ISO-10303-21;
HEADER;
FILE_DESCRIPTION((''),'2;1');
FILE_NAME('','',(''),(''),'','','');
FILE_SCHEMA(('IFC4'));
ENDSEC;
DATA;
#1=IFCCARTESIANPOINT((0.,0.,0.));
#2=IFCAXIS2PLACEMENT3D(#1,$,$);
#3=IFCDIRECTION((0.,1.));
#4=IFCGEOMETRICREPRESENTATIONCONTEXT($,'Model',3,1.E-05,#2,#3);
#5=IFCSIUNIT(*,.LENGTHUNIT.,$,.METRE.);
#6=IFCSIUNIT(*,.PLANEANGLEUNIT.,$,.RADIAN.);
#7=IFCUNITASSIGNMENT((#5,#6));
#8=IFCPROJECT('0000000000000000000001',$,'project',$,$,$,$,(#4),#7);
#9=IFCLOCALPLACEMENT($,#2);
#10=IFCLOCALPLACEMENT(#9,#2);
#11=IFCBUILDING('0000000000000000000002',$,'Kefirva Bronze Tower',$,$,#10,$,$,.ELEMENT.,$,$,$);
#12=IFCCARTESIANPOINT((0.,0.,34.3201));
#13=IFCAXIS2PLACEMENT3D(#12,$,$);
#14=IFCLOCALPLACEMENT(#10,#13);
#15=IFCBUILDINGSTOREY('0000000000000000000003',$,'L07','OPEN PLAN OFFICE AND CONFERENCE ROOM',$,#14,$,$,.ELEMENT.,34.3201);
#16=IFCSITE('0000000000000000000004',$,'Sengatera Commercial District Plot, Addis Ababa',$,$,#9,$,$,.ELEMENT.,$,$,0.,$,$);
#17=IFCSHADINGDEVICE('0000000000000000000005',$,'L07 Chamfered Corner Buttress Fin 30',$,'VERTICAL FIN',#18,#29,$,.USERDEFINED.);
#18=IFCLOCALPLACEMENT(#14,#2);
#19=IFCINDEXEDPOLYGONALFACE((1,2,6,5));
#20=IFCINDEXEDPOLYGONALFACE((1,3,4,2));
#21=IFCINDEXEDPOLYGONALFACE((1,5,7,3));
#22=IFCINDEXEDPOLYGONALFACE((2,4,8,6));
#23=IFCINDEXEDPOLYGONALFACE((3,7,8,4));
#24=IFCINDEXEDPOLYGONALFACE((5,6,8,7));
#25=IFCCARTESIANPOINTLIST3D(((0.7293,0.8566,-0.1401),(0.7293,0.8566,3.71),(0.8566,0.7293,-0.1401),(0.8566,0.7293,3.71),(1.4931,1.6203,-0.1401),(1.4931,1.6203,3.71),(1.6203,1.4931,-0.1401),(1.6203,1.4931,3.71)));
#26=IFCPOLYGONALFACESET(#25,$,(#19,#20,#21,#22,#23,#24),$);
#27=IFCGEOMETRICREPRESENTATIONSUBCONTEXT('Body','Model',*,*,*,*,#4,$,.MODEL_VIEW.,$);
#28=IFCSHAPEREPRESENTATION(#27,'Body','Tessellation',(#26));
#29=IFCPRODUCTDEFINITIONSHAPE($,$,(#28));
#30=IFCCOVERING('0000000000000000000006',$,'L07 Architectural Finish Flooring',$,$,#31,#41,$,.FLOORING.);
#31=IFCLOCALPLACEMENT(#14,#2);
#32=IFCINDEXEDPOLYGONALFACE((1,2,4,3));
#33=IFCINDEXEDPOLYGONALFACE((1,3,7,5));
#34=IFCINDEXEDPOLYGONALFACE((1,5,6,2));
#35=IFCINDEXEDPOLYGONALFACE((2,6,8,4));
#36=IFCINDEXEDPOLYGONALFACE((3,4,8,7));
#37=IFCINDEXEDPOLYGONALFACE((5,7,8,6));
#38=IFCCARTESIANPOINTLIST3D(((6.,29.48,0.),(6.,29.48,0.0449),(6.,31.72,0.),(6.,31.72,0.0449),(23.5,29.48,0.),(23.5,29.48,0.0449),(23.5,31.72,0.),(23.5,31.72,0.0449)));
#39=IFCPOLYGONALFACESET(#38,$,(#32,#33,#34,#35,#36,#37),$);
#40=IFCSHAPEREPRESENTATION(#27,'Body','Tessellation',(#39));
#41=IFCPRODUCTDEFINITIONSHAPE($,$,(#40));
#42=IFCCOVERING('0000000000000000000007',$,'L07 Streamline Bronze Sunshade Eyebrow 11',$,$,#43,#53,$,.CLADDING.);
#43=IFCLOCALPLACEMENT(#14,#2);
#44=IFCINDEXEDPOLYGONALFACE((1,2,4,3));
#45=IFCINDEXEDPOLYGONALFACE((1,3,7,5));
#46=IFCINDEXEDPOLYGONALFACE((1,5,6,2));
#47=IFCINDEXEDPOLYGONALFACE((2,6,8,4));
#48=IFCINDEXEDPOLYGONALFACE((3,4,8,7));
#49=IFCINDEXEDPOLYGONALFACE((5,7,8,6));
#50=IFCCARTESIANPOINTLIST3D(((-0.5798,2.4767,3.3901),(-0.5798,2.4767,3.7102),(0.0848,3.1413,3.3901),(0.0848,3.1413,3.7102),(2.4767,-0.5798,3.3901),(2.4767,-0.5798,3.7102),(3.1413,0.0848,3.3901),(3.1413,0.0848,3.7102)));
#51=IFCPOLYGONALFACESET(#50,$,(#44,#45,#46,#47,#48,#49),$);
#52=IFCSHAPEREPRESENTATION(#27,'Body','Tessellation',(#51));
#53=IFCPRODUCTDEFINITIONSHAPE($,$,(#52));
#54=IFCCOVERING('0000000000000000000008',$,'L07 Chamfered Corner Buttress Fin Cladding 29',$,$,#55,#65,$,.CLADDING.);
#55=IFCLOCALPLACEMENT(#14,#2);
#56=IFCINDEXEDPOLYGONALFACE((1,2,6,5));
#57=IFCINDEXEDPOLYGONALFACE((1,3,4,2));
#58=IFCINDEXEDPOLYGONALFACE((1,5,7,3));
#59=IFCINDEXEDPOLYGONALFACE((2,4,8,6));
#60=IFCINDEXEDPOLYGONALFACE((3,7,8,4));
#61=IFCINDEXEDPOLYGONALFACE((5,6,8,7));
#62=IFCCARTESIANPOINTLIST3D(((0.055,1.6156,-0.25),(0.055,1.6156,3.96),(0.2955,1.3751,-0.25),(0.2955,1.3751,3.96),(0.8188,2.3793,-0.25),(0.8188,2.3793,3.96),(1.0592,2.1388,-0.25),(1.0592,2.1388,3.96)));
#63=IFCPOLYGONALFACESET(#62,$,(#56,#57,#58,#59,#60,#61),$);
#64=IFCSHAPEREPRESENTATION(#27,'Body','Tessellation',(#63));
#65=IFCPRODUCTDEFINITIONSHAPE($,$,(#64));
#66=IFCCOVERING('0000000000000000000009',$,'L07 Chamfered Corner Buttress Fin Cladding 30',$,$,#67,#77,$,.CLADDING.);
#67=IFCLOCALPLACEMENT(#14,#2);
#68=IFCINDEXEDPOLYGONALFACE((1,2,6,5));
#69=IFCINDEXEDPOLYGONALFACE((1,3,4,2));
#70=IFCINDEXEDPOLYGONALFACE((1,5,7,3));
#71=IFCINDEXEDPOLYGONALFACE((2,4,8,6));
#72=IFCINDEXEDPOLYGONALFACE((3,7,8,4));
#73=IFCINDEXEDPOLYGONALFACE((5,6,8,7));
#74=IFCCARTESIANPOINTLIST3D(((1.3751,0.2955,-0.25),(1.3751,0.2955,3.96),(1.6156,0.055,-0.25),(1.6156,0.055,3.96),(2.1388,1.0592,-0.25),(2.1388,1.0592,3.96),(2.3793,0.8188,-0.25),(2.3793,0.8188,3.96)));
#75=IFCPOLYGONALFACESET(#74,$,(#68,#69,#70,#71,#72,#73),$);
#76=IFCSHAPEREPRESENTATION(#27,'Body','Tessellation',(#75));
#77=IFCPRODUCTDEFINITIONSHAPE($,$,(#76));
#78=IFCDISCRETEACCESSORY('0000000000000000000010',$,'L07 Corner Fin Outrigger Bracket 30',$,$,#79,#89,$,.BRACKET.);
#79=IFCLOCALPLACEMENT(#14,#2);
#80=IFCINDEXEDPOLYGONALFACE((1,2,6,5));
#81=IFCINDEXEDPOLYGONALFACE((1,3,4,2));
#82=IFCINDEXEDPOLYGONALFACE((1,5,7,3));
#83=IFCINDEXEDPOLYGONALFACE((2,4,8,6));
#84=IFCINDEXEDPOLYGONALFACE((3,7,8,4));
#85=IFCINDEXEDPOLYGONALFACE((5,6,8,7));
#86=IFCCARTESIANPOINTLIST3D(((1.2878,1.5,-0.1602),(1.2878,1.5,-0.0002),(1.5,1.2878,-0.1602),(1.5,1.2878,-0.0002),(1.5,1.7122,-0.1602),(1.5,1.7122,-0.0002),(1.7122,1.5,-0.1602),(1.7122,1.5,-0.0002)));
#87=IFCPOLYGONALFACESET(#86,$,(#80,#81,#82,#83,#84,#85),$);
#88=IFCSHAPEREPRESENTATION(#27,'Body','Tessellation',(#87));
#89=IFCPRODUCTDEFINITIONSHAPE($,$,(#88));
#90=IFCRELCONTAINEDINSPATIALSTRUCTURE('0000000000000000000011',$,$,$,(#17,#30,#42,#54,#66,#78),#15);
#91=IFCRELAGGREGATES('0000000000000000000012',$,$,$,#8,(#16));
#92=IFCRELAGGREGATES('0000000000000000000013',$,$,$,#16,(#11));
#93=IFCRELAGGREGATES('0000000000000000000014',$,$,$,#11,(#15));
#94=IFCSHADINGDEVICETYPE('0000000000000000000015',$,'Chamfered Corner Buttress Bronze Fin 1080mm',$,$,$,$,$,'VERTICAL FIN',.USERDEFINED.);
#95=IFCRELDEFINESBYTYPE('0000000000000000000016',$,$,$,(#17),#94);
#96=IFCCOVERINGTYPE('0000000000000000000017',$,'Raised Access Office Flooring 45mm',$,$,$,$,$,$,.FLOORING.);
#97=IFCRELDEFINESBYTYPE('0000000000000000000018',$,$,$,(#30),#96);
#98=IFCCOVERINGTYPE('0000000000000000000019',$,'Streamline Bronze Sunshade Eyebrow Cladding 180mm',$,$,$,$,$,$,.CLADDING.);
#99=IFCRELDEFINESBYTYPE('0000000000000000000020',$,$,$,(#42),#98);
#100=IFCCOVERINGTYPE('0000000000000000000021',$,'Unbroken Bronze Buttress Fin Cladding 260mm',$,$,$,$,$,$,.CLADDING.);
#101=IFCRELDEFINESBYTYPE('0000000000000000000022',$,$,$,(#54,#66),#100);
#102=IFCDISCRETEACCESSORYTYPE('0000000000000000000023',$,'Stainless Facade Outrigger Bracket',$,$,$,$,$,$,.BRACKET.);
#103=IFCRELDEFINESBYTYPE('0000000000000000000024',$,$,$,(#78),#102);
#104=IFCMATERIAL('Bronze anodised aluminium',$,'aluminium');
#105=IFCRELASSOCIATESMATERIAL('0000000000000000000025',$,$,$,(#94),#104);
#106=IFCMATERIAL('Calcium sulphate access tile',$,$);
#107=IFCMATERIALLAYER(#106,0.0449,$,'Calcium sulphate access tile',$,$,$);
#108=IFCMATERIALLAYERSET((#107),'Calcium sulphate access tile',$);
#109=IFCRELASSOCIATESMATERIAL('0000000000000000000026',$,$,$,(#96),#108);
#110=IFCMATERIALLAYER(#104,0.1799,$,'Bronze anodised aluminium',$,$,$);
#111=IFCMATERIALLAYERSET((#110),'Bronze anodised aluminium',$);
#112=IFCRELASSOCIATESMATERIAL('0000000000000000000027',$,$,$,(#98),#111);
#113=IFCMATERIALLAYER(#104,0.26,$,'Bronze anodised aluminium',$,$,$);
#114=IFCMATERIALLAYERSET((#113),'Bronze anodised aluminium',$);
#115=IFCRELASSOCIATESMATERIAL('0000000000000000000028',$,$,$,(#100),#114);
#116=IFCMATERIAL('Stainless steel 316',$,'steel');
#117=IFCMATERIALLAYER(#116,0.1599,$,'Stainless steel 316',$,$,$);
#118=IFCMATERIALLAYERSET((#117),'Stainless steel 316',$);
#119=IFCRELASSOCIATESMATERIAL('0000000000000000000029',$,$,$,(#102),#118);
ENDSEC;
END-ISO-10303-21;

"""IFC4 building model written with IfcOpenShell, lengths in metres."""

from ifc_helpers import new_model, si_unit, direction, frame, origin, origin_2d, place, context, subcontext, project, spatial, polyline, rectangle, outline, extrude, material, layer, layer_set, material_profile, profile_set, type_object, element, save


model = new_model("IFC4")

# Units and contexts
model_context = context("Model", 3, precision=1e-05, world=origin(), true_north=direction((0.0, 1.0)))
body_context = subcontext(model_context, "Body", "Model", "MODEL_VIEW")
ifc_project = project(units=[si_unit("LENGTHUNIT", "METRE"), si_unit("PLANEANGLEUNIT", "RADIAN")], contexts=[model_context])

# Site, building, storey
site_placement = place(None, origin())
site = spatial("IfcSite", under=ifc_project, at=site_placement, Name="Sengatera Commercial District Plot, Addis Ababa", CompositionType="ELEMENT", RefElevation=0.0)
building_placement = place(site_placement, origin())
building = spatial("IfcBuilding", under=site, at=building_placement, Name="Kefirva Bronze Tower", CompositionType="ELEMENT")
storey_placement = place(building_placement, frame((0.0, 0.0, 34.3201)))
storey = spatial("IfcBuildingStorey", under=building, at=storey_placement, Name="L07", Description="OPEN PLAN OFFICE AND CONFERENCE ROOM", CompositionType="ELEMENT", Elevation=34.3201)

# Shared definitions
ifc_material_1 = material(Name="Bronze anodised aluminium", Category="aluminium")

# Shading device
ifc_material_profile_1 = material_profile(ifc_material_1, rectangle(XDim=0.1799, YDim=1.0801, at=origin_2d()), Name="BRONZE BUTTRESS FIN 180x1080")
ifc_profile_set_1 = profile_set([ifc_material_profile_1], Name="Bronze anodised aluminium")
shading_device_type = type_object("IfcShadingDeviceType", Name="Chamfered Corner Buttress Bronze Fin 1080mm", ElementType="VERTICAL FIN", PredefinedType="USERDEFINED", material=ifc_profile_set_1)
shading_device_placement = place(storey_placement, frame((1.1748, 1.1748, -0.1401), z_axis=(0.0, 0.0, 1.0), x_axis=(0.707107, -0.707107, 0.0)))
element("IfcShadingDevice", 1, at=shading_device_placement, inside=storey, type_object=shading_device_type, Name="L07 Chamfered Corner Buttress Fin 30", ObjectType="VERTICAL FIN", PredefinedType="USERDEFINED", context=body_context, shape_type="SweptSolid", body=[
    extrude(rectangle(XDim=0.1799, YDim=1.0801, at=origin_2d()), origin(), (0.0, 0.0, 1.0), 3.8501),
])

# Coverings
ifc_material_2 = material(Name="Calcium sulphate access tile")
ifc_layer_1 = layer(ifc_material_2, 0.0449, Name="Calcium sulphate access tile")
ifc_layer_set_1 = layer_set([ifc_layer_1], Name="Calcium sulphate access tile")
covering_type_1 = type_object("IfcCoveringType", Name="Raised Access Office Flooring 45mm", PredefinedType="FLOORING", material=ifc_layer_set_1)
covering_1_placement = place(storey_placement, origin())
element("IfcCovering", 2, at=covering_1_placement, inside=storey, type_object=covering_type_1, Name="L07 Architectural Finish Flooring", PredefinedType="FLOORING", context=body_context, shape_type="SweptSolid", body=[
    extrude(outline(polyline([(6.0, 29.48), (23.5, 29.48), (23.5, 31.72), (6.0, 31.72), (6.0, 29.48)])), origin(), (0.0, 0.0, 1.0), 0.0449),
])
ifc_layer_2 = layer(ifc_material_1, 0.1799, Name="Bronze anodised aluminium")
ifc_layer_set_2 = layer_set([ifc_layer_2], Name="Bronze anodised aluminium")
covering_type_2 = type_object("IfcCoveringType", Name="Streamline Bronze Sunshade Eyebrow Cladding 180mm", PredefinedType="CLADDING", material=ifc_layer_set_2)
covering_2_placement = place(storey_placement, frame((1.2808, 1.2808, 3.3901), z_axis=(0.0, 0.0, 1.0), x_axis=(0.707107, -0.707107, 0.0)))
element("IfcCovering", 3, at=covering_2_placement, inside=storey, type_object=covering_type_2, Name="L07 Streamline Bronze Sunshade Eyebrow 11", PredefinedType="CLADDING", context=body_context, shape_type="SweptSolid", body=[
    extrude(rectangle(XDim=4.3225, YDim=0.9399, at=origin_2d()), origin(), (0.0, 0.0, 1.0), 0.3201),
])
ifc_layer_3 = layer(ifc_material_1, 0.26, Name="Bronze anodised aluminium")
ifc_layer_set_3 = layer_set([ifc_layer_3], Name="Bronze anodised aluminium")
covering_type_3 = type_object("IfcCoveringType", Name="Unbroken Bronze Buttress Fin Cladding 260mm", PredefinedType="CLADDING", material=ifc_layer_set_3)
for number, where, z_axis, x_axis, name in (
    (4, (0.5571, 1.8772, -0.25), (0.0, 0.0, 1.0), (0.707107, -0.707107, 0.0), "L07 Chamfered Corner Buttress Fin Cladding 29"),
    (5, (1.8772, 0.5571, -0.25), (0.0, 0.0, 1.0), (0.707107, -0.707107, 0.0), "L07 Chamfered Corner Buttress Fin Cladding 30"),
):
    element("IfcCovering", number, at=place(storey_placement, frame(where, z_axis=z_axis, x_axis=x_axis)), inside=storey, type_object=covering_type_3, Name=name, PredefinedType="CLADDING", context=body_context, shape_type="SweptSolid", body=[
        extrude(rectangle(XDim=0.3401, YDim=1.0801, at=origin_2d()), origin(), (0.0, 0.0, 1.0), 4.21),
    ])

# Discrete accessory
ifc_material_3 = material(Name="Stainless steel 316", Category="steel")
ifc_layer_4 = layer(ifc_material_3, 0.1599, Name="Stainless steel 316")
ifc_layer_set_4 = layer_set([ifc_layer_4], Name="Stainless steel 316")
discrete_accessory_type = type_object("IfcDiscreteAccessoryType", Name="Stainless Facade Outrigger Bracket", PredefinedType="BRACKET", material=ifc_layer_set_4)
discrete_accessory_placement = place(storey_placement, frame((1.5, 1.5, -0.1602), z_axis=(0.0, 0.0, 1.0), x_axis=(0.707107, -0.707107, 0.0)))
element("IfcDiscreteAccessory", 6, at=discrete_accessory_placement, inside=storey, type_object=discrete_accessory_type, Name="L07 Corner Fin Outrigger Bracket 30", PredefinedType="BRACKET", context=body_context, shape_type="SweptSolid", body=[
    extrude(rectangle(XDim=0.3, YDim=0.3, at=origin_2d()), origin(), (0.0, 0.0, 1.0), 0.1599),
])

save(model, "model.ifc")
